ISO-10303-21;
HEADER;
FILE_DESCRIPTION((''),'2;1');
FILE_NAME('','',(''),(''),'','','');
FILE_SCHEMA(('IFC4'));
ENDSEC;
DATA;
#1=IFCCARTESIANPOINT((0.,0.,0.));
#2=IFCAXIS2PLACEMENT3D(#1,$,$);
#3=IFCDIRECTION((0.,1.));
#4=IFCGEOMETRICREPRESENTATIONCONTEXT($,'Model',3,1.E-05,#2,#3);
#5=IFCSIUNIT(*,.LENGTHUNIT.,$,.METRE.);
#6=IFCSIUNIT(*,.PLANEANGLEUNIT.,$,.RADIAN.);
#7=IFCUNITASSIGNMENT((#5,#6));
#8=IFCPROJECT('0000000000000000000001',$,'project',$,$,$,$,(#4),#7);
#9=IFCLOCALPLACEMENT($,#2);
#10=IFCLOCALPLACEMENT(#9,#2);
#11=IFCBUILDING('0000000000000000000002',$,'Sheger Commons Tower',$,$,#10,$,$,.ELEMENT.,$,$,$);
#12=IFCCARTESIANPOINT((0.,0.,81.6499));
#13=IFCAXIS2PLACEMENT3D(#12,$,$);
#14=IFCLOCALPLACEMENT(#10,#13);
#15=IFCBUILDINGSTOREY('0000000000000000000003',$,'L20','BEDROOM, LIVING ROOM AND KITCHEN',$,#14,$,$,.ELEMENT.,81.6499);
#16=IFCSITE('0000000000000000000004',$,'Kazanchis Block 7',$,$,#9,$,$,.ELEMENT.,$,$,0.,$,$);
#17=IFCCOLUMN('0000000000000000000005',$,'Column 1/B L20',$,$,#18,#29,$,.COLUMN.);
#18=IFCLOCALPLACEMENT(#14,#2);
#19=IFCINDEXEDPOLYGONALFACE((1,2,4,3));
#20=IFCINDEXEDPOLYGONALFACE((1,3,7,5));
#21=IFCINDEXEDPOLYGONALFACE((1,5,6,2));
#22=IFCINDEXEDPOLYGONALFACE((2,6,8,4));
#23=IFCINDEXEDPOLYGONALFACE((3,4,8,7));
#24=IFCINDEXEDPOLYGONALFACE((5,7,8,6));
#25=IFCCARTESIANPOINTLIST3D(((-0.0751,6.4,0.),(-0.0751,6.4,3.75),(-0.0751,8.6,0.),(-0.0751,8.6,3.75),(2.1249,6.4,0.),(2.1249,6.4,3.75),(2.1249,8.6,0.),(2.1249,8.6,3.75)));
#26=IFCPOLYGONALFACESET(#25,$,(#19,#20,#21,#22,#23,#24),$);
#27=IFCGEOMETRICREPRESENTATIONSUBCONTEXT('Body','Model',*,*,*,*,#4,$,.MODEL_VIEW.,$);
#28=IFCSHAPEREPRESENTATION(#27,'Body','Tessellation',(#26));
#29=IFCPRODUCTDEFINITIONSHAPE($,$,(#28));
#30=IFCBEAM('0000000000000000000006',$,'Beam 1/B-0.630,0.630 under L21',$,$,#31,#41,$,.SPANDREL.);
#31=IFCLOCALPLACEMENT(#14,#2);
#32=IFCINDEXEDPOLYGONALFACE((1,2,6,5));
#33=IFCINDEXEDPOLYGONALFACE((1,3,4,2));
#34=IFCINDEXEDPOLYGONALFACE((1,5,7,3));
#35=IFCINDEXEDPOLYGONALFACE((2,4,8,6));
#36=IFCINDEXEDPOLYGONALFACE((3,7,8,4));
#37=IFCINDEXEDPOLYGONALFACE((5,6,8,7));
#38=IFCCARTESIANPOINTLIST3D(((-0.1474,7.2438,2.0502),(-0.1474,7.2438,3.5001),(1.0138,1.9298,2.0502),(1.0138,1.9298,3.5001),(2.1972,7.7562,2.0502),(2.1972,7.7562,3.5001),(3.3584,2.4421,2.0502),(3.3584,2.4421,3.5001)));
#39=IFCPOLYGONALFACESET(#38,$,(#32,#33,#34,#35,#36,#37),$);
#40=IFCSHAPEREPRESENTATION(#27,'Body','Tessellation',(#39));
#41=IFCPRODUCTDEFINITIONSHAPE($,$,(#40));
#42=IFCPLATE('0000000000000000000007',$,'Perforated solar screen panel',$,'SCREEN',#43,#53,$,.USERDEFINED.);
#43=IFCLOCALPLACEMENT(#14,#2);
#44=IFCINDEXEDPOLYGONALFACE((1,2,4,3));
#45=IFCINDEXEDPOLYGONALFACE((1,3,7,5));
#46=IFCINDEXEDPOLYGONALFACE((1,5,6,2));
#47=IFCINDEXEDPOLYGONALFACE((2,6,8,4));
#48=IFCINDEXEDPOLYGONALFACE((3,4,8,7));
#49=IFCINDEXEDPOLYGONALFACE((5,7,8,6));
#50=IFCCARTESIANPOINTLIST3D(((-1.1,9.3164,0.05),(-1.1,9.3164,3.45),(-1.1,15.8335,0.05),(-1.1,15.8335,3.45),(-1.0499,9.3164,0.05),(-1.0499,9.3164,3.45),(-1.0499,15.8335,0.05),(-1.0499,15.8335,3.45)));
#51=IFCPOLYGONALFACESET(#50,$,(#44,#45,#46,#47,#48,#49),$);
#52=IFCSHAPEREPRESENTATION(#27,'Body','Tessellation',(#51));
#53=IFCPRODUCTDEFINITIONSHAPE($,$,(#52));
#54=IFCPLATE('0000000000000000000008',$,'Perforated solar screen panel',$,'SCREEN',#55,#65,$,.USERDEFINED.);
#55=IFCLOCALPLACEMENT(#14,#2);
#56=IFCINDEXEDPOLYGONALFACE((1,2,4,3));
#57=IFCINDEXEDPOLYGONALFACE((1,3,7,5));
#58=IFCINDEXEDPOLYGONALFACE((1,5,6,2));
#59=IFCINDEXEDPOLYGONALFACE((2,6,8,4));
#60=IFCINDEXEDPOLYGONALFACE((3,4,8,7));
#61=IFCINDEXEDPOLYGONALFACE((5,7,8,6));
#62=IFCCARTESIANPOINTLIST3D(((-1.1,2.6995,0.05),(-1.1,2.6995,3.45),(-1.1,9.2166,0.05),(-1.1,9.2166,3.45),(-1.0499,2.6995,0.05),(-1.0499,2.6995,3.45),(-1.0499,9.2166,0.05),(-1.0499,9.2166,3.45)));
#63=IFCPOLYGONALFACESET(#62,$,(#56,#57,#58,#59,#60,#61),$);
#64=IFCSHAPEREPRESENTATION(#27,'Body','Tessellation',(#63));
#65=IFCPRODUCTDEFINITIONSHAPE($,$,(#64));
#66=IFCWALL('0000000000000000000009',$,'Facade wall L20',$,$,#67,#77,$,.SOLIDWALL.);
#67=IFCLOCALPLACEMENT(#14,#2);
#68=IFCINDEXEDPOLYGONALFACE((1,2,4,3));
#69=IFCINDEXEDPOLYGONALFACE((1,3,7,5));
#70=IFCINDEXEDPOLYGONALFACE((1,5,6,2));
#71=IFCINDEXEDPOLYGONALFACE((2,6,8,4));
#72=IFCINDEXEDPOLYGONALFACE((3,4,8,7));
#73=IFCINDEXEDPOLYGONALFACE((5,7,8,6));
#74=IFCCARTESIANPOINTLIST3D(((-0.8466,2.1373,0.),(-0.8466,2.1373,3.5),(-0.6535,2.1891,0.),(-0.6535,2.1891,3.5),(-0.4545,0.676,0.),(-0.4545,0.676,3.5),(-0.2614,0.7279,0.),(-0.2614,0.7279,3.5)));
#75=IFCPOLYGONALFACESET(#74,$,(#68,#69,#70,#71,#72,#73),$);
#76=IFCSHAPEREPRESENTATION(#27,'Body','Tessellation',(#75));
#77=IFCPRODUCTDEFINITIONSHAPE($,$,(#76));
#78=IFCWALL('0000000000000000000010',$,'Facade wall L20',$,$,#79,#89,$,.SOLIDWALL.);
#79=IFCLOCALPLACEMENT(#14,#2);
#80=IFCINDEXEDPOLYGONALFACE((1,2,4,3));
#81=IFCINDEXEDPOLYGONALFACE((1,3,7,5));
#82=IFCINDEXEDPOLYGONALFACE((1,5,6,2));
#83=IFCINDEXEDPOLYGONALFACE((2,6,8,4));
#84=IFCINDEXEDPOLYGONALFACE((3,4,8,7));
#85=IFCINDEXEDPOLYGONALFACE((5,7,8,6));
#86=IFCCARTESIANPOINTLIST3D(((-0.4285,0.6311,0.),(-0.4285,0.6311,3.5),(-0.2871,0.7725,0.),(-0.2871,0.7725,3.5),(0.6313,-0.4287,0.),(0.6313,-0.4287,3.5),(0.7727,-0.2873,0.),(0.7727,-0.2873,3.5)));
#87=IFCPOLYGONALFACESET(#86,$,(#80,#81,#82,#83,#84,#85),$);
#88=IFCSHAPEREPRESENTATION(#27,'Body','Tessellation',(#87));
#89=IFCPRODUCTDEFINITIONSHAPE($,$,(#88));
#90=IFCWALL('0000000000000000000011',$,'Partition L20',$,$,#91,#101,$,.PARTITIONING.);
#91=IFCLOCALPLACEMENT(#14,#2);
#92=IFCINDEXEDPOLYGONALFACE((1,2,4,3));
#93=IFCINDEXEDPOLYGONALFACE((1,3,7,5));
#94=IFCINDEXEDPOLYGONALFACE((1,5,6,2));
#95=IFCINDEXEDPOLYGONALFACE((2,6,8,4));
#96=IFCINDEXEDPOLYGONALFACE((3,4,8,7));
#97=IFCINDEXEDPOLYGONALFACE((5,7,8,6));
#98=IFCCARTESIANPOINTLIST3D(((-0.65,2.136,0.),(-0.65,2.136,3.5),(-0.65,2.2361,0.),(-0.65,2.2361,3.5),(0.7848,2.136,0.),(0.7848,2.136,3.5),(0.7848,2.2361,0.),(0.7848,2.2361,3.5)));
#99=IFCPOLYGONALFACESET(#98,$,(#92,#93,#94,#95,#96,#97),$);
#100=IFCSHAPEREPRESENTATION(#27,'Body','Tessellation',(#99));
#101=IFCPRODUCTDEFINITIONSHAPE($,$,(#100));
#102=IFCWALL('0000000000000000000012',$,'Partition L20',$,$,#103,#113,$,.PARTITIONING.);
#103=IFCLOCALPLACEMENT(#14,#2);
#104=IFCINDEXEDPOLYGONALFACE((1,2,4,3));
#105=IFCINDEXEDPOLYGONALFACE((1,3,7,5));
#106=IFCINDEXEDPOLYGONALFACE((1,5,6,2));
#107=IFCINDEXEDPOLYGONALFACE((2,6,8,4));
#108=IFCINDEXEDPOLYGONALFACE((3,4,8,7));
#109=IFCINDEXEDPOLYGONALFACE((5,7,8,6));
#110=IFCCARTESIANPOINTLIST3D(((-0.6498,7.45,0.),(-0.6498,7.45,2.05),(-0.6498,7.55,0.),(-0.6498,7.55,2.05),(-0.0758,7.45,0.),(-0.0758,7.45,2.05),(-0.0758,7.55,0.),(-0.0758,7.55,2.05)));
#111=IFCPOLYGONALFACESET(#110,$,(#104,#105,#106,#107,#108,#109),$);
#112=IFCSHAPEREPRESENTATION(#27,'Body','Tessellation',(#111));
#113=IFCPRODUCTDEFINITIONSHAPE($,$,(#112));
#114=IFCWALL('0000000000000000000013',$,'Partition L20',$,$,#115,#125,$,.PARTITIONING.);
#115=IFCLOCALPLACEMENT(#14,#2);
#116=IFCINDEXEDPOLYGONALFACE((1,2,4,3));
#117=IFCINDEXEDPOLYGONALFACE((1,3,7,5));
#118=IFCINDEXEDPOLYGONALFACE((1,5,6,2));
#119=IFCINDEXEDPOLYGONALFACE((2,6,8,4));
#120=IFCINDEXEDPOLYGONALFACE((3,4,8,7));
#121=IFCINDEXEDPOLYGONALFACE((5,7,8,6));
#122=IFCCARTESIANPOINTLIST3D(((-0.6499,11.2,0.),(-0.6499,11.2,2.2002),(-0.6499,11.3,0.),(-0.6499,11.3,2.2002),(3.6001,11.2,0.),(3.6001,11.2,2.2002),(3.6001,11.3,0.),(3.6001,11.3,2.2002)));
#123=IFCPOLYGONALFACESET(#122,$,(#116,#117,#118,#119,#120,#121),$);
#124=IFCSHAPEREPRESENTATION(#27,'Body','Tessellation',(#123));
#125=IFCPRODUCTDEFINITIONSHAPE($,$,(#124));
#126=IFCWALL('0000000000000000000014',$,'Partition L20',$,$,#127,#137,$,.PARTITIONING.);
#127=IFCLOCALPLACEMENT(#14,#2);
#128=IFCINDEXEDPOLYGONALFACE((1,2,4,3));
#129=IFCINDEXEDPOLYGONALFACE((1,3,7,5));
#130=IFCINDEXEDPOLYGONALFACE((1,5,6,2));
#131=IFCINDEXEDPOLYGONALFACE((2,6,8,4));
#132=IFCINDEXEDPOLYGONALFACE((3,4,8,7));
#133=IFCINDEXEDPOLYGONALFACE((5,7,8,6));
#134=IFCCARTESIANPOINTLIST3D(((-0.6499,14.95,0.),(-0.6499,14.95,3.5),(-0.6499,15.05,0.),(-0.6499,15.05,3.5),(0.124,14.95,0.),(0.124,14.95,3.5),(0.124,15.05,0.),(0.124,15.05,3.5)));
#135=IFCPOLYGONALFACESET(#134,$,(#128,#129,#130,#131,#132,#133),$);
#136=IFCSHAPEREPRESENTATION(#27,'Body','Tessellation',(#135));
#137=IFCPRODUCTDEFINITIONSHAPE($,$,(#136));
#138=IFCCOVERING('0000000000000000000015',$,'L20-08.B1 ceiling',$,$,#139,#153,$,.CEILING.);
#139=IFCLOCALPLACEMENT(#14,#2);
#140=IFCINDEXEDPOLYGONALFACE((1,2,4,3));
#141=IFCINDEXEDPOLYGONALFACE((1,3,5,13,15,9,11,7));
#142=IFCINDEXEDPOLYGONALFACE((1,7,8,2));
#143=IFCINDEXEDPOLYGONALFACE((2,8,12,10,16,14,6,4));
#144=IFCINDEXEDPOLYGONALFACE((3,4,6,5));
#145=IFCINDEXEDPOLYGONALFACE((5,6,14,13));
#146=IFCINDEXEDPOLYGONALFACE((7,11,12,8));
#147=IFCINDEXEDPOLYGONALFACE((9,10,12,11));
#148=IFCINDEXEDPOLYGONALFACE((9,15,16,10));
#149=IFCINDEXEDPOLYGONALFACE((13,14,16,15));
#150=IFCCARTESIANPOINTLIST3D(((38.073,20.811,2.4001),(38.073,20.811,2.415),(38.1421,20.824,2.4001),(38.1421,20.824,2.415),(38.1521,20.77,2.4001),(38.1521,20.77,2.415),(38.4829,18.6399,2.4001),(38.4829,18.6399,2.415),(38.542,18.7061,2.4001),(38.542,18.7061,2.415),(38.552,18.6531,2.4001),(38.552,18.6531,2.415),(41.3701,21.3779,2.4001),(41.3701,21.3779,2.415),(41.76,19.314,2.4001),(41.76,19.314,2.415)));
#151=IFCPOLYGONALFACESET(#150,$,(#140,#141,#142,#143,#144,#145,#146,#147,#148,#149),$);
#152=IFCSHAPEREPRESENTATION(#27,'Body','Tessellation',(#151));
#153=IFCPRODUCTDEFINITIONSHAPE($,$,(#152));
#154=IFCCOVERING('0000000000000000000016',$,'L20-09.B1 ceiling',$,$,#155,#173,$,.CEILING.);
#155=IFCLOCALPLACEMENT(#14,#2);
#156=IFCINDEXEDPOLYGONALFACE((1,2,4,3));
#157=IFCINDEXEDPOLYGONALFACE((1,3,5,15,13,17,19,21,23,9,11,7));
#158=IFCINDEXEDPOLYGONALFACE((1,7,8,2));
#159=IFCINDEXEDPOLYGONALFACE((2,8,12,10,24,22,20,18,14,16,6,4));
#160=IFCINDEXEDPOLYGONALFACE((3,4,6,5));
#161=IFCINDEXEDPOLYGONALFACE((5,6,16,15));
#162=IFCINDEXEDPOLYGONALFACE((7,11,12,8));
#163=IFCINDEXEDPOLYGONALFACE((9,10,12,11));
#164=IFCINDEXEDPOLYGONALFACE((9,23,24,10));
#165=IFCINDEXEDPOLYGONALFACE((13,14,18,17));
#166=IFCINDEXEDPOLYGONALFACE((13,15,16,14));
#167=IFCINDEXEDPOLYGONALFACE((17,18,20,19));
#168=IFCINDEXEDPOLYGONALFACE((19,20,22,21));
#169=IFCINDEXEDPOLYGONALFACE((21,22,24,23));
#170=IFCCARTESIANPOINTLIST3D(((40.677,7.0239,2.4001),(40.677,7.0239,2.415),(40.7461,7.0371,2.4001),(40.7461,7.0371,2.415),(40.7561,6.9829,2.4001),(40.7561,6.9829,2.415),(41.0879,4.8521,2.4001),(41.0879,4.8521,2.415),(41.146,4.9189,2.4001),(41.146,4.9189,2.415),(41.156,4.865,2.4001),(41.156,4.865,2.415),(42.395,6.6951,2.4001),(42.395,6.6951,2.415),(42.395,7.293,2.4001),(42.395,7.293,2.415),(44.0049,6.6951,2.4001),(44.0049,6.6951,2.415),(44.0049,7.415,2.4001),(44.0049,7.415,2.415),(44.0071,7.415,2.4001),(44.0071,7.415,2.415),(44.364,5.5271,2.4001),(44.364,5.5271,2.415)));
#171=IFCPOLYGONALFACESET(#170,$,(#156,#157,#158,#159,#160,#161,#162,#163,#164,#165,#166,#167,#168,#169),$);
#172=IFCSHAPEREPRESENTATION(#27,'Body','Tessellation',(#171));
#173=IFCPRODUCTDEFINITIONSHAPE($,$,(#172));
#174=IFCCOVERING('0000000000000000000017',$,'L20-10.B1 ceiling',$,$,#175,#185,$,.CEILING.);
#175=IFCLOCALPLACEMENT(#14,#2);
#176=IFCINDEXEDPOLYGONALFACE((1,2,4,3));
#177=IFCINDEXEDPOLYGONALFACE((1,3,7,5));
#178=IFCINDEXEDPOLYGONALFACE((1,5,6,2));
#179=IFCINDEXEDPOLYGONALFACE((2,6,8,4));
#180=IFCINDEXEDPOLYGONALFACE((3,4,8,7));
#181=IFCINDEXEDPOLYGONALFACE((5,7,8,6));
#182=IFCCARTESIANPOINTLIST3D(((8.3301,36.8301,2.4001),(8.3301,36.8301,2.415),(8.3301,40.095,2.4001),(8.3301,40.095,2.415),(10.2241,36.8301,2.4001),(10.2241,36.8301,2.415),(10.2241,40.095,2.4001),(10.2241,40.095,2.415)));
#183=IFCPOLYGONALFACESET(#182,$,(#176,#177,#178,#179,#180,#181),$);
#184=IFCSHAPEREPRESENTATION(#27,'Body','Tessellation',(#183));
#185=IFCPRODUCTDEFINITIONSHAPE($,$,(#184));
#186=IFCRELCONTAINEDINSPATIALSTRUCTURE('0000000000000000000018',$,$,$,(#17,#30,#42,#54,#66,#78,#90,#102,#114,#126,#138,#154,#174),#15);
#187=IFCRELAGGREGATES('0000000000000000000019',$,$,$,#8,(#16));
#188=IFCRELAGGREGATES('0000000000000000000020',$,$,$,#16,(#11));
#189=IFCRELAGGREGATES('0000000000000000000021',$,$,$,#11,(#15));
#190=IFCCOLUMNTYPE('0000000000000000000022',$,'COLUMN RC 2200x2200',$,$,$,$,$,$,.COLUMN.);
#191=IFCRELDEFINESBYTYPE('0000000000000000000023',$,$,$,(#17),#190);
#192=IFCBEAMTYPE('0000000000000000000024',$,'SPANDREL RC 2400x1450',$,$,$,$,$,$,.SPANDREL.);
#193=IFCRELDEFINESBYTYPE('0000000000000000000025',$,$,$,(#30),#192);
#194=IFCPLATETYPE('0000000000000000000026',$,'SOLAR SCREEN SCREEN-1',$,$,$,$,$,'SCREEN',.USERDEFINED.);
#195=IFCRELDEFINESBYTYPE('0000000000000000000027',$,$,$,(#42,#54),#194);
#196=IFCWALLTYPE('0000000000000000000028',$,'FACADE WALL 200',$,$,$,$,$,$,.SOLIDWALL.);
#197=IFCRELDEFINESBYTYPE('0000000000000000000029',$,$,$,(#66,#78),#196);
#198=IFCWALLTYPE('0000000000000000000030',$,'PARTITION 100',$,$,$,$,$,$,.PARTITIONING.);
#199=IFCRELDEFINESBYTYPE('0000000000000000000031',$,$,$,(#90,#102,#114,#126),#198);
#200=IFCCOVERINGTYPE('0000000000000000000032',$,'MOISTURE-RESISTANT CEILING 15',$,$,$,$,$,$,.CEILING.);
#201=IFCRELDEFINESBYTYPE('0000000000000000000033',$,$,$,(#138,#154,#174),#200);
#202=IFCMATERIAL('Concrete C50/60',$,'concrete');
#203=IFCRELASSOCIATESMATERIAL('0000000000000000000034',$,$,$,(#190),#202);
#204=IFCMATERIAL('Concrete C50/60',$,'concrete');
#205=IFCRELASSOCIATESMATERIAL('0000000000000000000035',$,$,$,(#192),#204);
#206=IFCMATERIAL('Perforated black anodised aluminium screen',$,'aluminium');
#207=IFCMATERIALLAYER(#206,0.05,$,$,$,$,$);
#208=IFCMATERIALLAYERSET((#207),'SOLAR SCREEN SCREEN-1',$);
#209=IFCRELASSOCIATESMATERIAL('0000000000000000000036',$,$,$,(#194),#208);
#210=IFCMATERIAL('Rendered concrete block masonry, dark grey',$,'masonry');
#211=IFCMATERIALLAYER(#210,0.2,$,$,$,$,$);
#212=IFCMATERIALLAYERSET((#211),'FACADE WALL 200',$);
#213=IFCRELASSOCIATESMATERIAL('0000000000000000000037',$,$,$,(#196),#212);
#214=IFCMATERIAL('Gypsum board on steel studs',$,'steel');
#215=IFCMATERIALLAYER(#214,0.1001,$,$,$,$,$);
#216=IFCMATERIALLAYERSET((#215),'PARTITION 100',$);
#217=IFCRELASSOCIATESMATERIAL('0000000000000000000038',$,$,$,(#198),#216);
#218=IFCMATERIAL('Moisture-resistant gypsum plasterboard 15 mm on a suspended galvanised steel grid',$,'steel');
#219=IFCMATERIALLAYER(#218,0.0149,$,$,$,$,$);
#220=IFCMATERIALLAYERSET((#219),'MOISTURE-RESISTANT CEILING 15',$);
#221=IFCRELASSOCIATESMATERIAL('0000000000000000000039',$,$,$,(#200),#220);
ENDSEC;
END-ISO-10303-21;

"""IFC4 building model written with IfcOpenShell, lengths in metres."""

from ifc_helpers import new_model, si_unit, direction, frame, frame_2d, origin, origin_2d, place, context, subcontext, project, spatial, polyline, rectangle, outline, extrude, material, layer, layer_set, material_profile, profile_set, type_object, element, save


model = new_model("IFC4")

# Units and contexts
model_context = context("Model", 3, precision=1e-05, world=origin(), true_north=direction((0.0, 1.0)))
body_context = subcontext(model_context, "Body", "Model", "MODEL_VIEW")
ifc_project = project(units=[si_unit("LENGTHUNIT", "METRE"), si_unit("PLANEANGLEUNIT", "RADIAN")], contexts=[model_context])

# Site, building, storey
site_placement = place(None, origin())
site = spatial("IfcSite", under=ifc_project, at=site_placement, Name="Kazanchis Block 7", CompositionType="ELEMENT", RefElevation=0.0)
building_placement = place(site_placement, origin())
building = spatial("IfcBuilding", under=site, at=building_placement, Name="Sheger Commons Tower", CompositionType="ELEMENT")
storey_placement = place(building_placement, frame((0.0, 0.0, 81.6499)))
storey = spatial("IfcBuildingStorey", under=building, at=storey_placement, Name="L20", Description="BEDROOM, LIVING ROOM AND KITCHEN", CompositionType="ELEMENT", Elevation=81.6499)

# Column
ifc_material_1 = material(Name="Concrete C50/60", Category="concrete")
ifc_material_profile_1 = material_profile(ifc_material_1, rectangle(XDim=2.2, YDim=2.2, at=origin_2d()), Name="RC 2200x2200")
ifc_profile_set_1 = profile_set([ifc_material_profile_1], Name="Concrete C50/60")
column_type = type_object("IfcColumnType", Name="COLUMN RC 2200x2200", PredefinedType="COLUMN", material=ifc_profile_set_1)
column_placement = place(storey_placement, frame((1.0249, 7.5, 0.0), z_axis=(0.0, 0.0, 1.0), x_axis=(1.0, 0.0, 0.0)))
element("IfcColumn", 1, at=column_placement, inside=storey, type_object=column_type, Name="Column 1/B L20", PredefinedType="COLUMN", context=body_context, shape_type="SweptSolid", body=[
    extrude(rectangle(XDim=2.2, YDim=2.2, at=origin_2d()), origin(), (0.0, 0.0, 1.0), 3.75),
])

# Beam
ifc_material_2 = material(Name="Concrete C50/60", Category="concrete")
ifc_material_profile_2 = material_profile(ifc_material_2, rectangle(XDim=2.3999, YDim=1.45, at=origin_2d()), Name="RC 2400x1450")
ifc_profile_set_2 = profile_set([ifc_material_profile_2], Name="Concrete C50/60")
beam_type = type_object("IfcBeamType", Name="SPANDREL RC 2400x1450", PredefinedType="SPANDREL", material=ifc_profile_set_2)
beam_placement = place(storey_placement, frame((1.0249, 7.5, 2.7751), z_axis=(0.213469, -0.97695, 0.0), x_axis=(0.97695, 0.213469, 0.0)))
element("IfcBeam", 2, at=beam_placement, inside=storey, type_object=beam_type, Name="Beam 1/B-0.630,0.630 under L21", PredefinedType="SPANDREL", context=body_context, shape_type="SweptSolid", body=[
    extrude(rectangle(XDim=2.3999, YDim=1.45, at=origin_2d()), origin(), (0.0, 0.0, 1.0), 5.4395),
])

# Plates
ifc_material_3 = material(Name="Perforated black anodised aluminium screen", Category="aluminium")
ifc_layer_1 = layer(ifc_material_3, 0.05)
ifc_layer_set_1 = layer_set([ifc_layer_1], Name="SOLAR SCREEN SCREEN-1")
plate_type = type_object("IfcPlateType", Name="SOLAR SCREEN SCREEN-1", ElementType="SCREEN", PredefinedType="USERDEFINED", material=ifc_layer_set_1)
for number, where, z_axis, x_axis, name in (
    (3, (-1.075, 12.575, 0.05), (0.0, 0.0, 1.0), (0.0, -1.0, 0.0), "Perforated solar screen panel"),
    (4, (-1.075, 5.958, 0.05), (0.0, 0.0, 1.0), (0.0, -1.0, 0.0), "Perforated solar screen panel"),
):
    element("IfcPlate", number, at=place(storey_placement, frame(where, z_axis=z_axis, x_axis=x_axis)), inside=storey, type_object=plate_type, Name=name, ObjectType="SCREEN", PredefinedType="USERDEFINED", context=body_context, shape_type="SweptSolid", body=[
        extrude(rectangle(XDim=6.5171, YDim=0.05, at=origin_2d()), origin(), (0.0, 0.0, 1.0), 3.3999),
    ])

# Walls
ifc_material_4 = material(Name="Rendered concrete block masonry, dark grey", Category="masonry")
ifc_layer_2 = layer(ifc_material_4, 0.2)
ifc_layer_set_2 = layer_set([ifc_layer_2], Name="FACADE WALL 200")
wall_type_1 = type_object("IfcWallType", Name="FACADE WALL 200", PredefinedType="SOLIDWALL", material=ifc_layer_set_2)
wall_1_placement = place(storey_placement, frame((-0.75, 2.1631, 0.0), z_axis=(0.0, 0.0, 1.0), x_axis=(0.259169, -0.965832, 0.0)))
element("IfcWall", 5, at=wall_1_placement, inside=storey, type_object=wall_type_1, Name="Facade wall L20", PredefinedType="SOLIDWALL", context=body_context, shape_type="SweptSolid", body=[
    extrude(rectangle(XDim=1.5129, YDim=0.2, at=frame_2d((0.7563, 0.0))), origin(), (0.0, 0.0, 1.0), 3.5),
])
wall_2_placement = place(storey_placement, frame((-0.3579, 0.7019, 0.0), z_axis=(0.0, 0.0, 1.0), x_axis=(0.707107, -0.707107, 0.0)))
element("IfcWall", 6, at=wall_2_placement, inside=storey, type_object=wall_type_1, Name="Facade wall L20", PredefinedType="SOLIDWALL", context=body_context, shape_type="SweptSolid", body=[
    extrude(rectangle(XDim=1.4988, YDim=0.2, at=frame_2d((0.7495, 0.0))), origin(), (0.0, 0.0, 1.0), 3.5),
])
ifc_material_5 = material(Name="Gypsum board on steel studs", Category="steel")
ifc_layer_3 = layer(ifc_material_5, 0.1001)
ifc_layer_set_3 = layer_set([ifc_layer_3], Name="PARTITION 100")
wall_type_2 = type_object("IfcWallType", Name="PARTITION 100", PredefinedType="PARTITIONING", material=ifc_layer_set_3)
wall_3_placement = place(storey_placement, frame((-0.6499, 2.186, 0.0), z_axis=(0.0, 0.0, 1.0), x_axis=(1.0, 0.0, 0.0)))
element("IfcWall", 7, at=wall_3_placement, inside=storey, type_object=wall_type_2, Name="Partition L20", PredefinedType="PARTITIONING", context=body_context, shape_type="SweptSolid", body=[
    extrude(rectangle(XDim=1.4348, YDim=0.1001, at=frame_2d((0.7173, 0.0))), origin(), (0.0, 0.0, 1.0), 3.5),
])
wall_4_placement = place(storey_placement, frame((-0.6499, 7.5, 0.0), z_axis=(0.0, 0.0, 1.0), x_axis=(1.0, 0.0, 0.0)))
element("IfcWall", 8, at=wall_4_placement, inside=storey, type_object=wall_type_2, Name="Partition L20", PredefinedType="PARTITIONING", context=body_context, shape_type="SweptSolid", body=[
    extrude(rectangle(XDim=0.574, YDim=0.1001, at=frame_2d((0.2871, 0.0))), origin(), (0.0, 0.0, 1.0), 2.05),
])
wall_5_placement = place(storey_placement, frame((-0.6499, 11.25, 0.0), z_axis=(0.0, 0.0, 1.0), x_axis=(1.0, 0.0, 0.0)))
element("IfcWall", 9, at=wall_5_placement, inside=storey, type_object=wall_type_2, Name="Partition L20", PredefinedType="PARTITIONING", context=body_context, shape_type="SweptSolid", body=[
    extrude(rectangle(XDim=4.25, YDim=0.1001, at=frame_2d((2.125, 0.0))), origin(), (0.0, 0.0, 1.0), 2.2002),
])
wall_6_placement = place(storey_placement, frame((-0.6499, 15.0, 0.0), z_axis=(0.0, 0.0, 1.0), x_axis=(1.0, 0.0, 0.0)))
element("IfcWall", 10, at=wall_6_placement, inside=storey, type_object=wall_type_2, Name="Partition L20", PredefinedType="PARTITIONING", context=body_context, shape_type="SweptSolid", body=[
    extrude(rectangle(XDim=0.7739, YDim=0.1001, at=frame_2d((0.387, 0.0))), origin(), (0.0, 0.0, 1.0), 3.5),
])

# Coverings
ifc_material_6 = material(Name="Moisture-resistant gypsum plasterboard 15 mm on a suspended galvanised steel grid", Category="steel")
ifc_layer_4 = layer(ifc_material_6, 0.0149)
ifc_layer_set_4 = layer_set([ifc_layer_4], Name="MOISTURE-RESISTANT CEILING 15")
covering_type_1 = type_object("IfcCoveringType", Name="MOISTURE-RESISTANT CEILING 15", PredefinedType="CEILING", material=ifc_layer_set_4)
covering_1_placement = place(storey_placement, frame((0.0, 0.0, 2.4001)))
element("IfcCovering", 11, at=covering_1_placement, inside=storey, type_object=covering_type_1, Name="L20-08.B1 ceiling", PredefinedType="CEILING", context=body_context, shape_type="SweptSolid", body=[
    extrude(outline(polyline([(38.4829, 18.6399), (38.552, 18.6531), (38.542, 18.7061), (41.76, 19.314), (41.3701, 21.3779), (38.1521, 20.77), (38.1421, 20.824), (38.073, 20.811), (38.4829, 18.6399)])), origin(), (0.0, 0.0, 1.0), 0.0149),
])
covering_2_placement = place(storey_placement, frame((0.0, 0.0, 2.4001)))
element("IfcCovering", 12, at=covering_2_placement, inside=storey, type_object=covering_type_1, Name="L20-09.B1 ceiling", PredefinedType="CEILING", context=body_context, shape_type="SweptSolid", body=[
    extrude(outline(polyline([(41.0879, 4.8521), (41.156, 4.865), (41.146, 4.9189), (44.364, 5.5271), (44.0071, 7.415), (44.0049, 7.415), (44.0049, 6.6951), (42.395, 6.6951), (42.395, 7.293), (40.7561, 6.9829), (40.7461, 7.0371), (40.677, 7.0239), (41.0879, 4.8521)])), origin(), (0.0, 0.0, 1.0), 0.0149),
])
covering_3_placement = place(storey_placement, frame((0.0, 0.0, 2.4001)))
element("IfcCovering", 13, at=covering_3_placement, inside=storey, type_object=covering_type_1, Name="L20-10.B1 ceiling", PredefinedType="CEILING", context=body_context, shape_type="SweptSolid", body=[
    extrude(outline(polyline([(8.3301, 36.8301), (10.2241, 36.8301), (10.2241, 40.095), (8.3301, 40.095), (8.3301, 36.8301)])), origin(), (0.0, 0.0, 1.0), 0.0149),
])

save(model, "model.ifc")
